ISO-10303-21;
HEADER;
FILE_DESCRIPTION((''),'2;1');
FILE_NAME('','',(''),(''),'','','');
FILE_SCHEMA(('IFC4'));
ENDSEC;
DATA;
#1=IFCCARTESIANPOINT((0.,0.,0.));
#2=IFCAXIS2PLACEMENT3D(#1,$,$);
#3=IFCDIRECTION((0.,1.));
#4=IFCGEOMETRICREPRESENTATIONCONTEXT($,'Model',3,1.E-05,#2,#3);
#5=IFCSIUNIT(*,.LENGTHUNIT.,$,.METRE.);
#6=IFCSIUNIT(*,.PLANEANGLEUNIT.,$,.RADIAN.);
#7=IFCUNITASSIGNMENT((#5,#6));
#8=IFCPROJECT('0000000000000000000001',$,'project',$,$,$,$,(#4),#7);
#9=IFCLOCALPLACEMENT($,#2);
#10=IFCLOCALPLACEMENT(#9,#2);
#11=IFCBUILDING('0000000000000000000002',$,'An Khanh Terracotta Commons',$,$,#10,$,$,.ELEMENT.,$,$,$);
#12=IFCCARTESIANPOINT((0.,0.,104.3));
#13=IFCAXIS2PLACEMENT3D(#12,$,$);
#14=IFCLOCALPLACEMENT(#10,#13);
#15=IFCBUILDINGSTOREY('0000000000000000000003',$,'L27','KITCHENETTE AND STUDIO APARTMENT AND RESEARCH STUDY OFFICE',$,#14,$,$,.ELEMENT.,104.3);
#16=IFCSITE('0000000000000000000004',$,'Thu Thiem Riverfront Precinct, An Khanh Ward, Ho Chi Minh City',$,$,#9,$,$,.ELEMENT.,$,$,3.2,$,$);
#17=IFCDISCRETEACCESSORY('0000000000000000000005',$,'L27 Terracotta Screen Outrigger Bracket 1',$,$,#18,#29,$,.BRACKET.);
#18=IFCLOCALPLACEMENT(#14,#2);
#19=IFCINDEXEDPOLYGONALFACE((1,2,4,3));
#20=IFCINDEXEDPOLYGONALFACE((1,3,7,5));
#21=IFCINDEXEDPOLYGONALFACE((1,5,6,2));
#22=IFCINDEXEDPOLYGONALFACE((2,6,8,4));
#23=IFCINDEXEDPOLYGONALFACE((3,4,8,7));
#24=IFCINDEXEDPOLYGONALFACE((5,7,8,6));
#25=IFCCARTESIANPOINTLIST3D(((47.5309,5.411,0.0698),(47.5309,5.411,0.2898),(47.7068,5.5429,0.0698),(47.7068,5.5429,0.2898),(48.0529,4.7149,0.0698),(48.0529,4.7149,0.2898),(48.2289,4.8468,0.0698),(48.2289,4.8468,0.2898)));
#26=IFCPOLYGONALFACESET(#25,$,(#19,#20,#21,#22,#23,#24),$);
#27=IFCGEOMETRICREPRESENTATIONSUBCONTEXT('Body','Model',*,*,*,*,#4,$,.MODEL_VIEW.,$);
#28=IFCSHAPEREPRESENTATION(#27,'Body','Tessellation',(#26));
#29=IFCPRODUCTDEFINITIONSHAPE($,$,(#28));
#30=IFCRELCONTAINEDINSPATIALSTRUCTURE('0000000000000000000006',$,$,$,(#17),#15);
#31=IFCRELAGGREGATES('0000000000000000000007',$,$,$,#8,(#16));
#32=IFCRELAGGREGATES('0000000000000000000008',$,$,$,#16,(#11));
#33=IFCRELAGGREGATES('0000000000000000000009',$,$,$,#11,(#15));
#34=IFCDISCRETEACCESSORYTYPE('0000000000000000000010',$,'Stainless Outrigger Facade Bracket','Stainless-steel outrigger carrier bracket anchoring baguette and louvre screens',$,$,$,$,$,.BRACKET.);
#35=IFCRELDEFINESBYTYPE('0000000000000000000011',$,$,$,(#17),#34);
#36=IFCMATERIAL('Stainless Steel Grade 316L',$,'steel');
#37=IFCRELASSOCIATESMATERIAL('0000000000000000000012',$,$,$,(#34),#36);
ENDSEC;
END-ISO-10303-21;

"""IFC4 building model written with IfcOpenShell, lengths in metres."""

from ifc_helpers import new_model, si_unit, direction, frame, origin, origin_2d, place, context, subcontext, project, spatial, rectangle, extrude, material, type_object, element, save


model = new_model("IFC4")

# Units and contexts
model_context = context("Model", 3, precision=1e-05, world=origin(), true_north=direction((0.0, 1.0)))
body_context = subcontext(model_context, "Body", "Model", "MODEL_VIEW")
ifc_project = project(units=[si_unit("LENGTHUNIT", "METRE"), si_unit("PLANEANGLEUNIT", "RADIAN")], contexts=[model_context])

# Site, building, storey
site_placement = place(None, origin())
site = spatial("IfcSite", under=ifc_project, at=site_placement, Name="Thu Thiem Riverfront Precinct, An Khanh Ward, Ho Chi Minh City", CompositionType="ELEMENT", RefElevation=3.2)
building_placement = place(site_placement, origin())
building = spatial("IfcBuilding", under=site, at=building_placement, Name="An Khanh Terracotta Commons", CompositionType="ELEMENT")
storey_placement = place(building_placement, frame((0.0, 0.0, 104.3)))
storey = spatial("IfcBuildingStorey", under=building, at=storey_placement, Name="L27", Description="KITCHENETTE AND STUDIO APARTMENT AND RESEARCH STUDY OFFICE", CompositionType="ELEMENT", Elevation=104.3)

# Discrete accessory
ifc_material_1 = material(Name="Stainless Steel Grade 316L", Category="steel")
discrete_accessory_type = type_object("IfcDiscreteAccessoryType", Name="Stainless Outrigger Facade Bracket", Description="Stainless-steel outrigger carrier bracket anchoring baguette and louvre screens", PredefinedType="BRACKET", material=ifc_material_1)
discrete_accessory_placement = place(storey_placement, frame((47.8799, 5.1289, 0.0698), z_axis=(0.0, 0.0, 1.0), x_axis=(0.800013, 0.599983, 0.0)))
element("IfcDiscreteAccessory", 1, at=discrete_accessory_placement, inside=storey, type_object=discrete_accessory_type, Name="L27 Terracotta Screen Outrigger Bracket 1", PredefinedType="BRACKET", context=body_context, shape_type="SweptSolid", body=[
    extrude(rectangle(XDim=0.22, YDim=0.8701, at=origin_2d()), origin(), (0.0, 0.0, 1.0), 0.22),
])

save(model, "model.ifc")
